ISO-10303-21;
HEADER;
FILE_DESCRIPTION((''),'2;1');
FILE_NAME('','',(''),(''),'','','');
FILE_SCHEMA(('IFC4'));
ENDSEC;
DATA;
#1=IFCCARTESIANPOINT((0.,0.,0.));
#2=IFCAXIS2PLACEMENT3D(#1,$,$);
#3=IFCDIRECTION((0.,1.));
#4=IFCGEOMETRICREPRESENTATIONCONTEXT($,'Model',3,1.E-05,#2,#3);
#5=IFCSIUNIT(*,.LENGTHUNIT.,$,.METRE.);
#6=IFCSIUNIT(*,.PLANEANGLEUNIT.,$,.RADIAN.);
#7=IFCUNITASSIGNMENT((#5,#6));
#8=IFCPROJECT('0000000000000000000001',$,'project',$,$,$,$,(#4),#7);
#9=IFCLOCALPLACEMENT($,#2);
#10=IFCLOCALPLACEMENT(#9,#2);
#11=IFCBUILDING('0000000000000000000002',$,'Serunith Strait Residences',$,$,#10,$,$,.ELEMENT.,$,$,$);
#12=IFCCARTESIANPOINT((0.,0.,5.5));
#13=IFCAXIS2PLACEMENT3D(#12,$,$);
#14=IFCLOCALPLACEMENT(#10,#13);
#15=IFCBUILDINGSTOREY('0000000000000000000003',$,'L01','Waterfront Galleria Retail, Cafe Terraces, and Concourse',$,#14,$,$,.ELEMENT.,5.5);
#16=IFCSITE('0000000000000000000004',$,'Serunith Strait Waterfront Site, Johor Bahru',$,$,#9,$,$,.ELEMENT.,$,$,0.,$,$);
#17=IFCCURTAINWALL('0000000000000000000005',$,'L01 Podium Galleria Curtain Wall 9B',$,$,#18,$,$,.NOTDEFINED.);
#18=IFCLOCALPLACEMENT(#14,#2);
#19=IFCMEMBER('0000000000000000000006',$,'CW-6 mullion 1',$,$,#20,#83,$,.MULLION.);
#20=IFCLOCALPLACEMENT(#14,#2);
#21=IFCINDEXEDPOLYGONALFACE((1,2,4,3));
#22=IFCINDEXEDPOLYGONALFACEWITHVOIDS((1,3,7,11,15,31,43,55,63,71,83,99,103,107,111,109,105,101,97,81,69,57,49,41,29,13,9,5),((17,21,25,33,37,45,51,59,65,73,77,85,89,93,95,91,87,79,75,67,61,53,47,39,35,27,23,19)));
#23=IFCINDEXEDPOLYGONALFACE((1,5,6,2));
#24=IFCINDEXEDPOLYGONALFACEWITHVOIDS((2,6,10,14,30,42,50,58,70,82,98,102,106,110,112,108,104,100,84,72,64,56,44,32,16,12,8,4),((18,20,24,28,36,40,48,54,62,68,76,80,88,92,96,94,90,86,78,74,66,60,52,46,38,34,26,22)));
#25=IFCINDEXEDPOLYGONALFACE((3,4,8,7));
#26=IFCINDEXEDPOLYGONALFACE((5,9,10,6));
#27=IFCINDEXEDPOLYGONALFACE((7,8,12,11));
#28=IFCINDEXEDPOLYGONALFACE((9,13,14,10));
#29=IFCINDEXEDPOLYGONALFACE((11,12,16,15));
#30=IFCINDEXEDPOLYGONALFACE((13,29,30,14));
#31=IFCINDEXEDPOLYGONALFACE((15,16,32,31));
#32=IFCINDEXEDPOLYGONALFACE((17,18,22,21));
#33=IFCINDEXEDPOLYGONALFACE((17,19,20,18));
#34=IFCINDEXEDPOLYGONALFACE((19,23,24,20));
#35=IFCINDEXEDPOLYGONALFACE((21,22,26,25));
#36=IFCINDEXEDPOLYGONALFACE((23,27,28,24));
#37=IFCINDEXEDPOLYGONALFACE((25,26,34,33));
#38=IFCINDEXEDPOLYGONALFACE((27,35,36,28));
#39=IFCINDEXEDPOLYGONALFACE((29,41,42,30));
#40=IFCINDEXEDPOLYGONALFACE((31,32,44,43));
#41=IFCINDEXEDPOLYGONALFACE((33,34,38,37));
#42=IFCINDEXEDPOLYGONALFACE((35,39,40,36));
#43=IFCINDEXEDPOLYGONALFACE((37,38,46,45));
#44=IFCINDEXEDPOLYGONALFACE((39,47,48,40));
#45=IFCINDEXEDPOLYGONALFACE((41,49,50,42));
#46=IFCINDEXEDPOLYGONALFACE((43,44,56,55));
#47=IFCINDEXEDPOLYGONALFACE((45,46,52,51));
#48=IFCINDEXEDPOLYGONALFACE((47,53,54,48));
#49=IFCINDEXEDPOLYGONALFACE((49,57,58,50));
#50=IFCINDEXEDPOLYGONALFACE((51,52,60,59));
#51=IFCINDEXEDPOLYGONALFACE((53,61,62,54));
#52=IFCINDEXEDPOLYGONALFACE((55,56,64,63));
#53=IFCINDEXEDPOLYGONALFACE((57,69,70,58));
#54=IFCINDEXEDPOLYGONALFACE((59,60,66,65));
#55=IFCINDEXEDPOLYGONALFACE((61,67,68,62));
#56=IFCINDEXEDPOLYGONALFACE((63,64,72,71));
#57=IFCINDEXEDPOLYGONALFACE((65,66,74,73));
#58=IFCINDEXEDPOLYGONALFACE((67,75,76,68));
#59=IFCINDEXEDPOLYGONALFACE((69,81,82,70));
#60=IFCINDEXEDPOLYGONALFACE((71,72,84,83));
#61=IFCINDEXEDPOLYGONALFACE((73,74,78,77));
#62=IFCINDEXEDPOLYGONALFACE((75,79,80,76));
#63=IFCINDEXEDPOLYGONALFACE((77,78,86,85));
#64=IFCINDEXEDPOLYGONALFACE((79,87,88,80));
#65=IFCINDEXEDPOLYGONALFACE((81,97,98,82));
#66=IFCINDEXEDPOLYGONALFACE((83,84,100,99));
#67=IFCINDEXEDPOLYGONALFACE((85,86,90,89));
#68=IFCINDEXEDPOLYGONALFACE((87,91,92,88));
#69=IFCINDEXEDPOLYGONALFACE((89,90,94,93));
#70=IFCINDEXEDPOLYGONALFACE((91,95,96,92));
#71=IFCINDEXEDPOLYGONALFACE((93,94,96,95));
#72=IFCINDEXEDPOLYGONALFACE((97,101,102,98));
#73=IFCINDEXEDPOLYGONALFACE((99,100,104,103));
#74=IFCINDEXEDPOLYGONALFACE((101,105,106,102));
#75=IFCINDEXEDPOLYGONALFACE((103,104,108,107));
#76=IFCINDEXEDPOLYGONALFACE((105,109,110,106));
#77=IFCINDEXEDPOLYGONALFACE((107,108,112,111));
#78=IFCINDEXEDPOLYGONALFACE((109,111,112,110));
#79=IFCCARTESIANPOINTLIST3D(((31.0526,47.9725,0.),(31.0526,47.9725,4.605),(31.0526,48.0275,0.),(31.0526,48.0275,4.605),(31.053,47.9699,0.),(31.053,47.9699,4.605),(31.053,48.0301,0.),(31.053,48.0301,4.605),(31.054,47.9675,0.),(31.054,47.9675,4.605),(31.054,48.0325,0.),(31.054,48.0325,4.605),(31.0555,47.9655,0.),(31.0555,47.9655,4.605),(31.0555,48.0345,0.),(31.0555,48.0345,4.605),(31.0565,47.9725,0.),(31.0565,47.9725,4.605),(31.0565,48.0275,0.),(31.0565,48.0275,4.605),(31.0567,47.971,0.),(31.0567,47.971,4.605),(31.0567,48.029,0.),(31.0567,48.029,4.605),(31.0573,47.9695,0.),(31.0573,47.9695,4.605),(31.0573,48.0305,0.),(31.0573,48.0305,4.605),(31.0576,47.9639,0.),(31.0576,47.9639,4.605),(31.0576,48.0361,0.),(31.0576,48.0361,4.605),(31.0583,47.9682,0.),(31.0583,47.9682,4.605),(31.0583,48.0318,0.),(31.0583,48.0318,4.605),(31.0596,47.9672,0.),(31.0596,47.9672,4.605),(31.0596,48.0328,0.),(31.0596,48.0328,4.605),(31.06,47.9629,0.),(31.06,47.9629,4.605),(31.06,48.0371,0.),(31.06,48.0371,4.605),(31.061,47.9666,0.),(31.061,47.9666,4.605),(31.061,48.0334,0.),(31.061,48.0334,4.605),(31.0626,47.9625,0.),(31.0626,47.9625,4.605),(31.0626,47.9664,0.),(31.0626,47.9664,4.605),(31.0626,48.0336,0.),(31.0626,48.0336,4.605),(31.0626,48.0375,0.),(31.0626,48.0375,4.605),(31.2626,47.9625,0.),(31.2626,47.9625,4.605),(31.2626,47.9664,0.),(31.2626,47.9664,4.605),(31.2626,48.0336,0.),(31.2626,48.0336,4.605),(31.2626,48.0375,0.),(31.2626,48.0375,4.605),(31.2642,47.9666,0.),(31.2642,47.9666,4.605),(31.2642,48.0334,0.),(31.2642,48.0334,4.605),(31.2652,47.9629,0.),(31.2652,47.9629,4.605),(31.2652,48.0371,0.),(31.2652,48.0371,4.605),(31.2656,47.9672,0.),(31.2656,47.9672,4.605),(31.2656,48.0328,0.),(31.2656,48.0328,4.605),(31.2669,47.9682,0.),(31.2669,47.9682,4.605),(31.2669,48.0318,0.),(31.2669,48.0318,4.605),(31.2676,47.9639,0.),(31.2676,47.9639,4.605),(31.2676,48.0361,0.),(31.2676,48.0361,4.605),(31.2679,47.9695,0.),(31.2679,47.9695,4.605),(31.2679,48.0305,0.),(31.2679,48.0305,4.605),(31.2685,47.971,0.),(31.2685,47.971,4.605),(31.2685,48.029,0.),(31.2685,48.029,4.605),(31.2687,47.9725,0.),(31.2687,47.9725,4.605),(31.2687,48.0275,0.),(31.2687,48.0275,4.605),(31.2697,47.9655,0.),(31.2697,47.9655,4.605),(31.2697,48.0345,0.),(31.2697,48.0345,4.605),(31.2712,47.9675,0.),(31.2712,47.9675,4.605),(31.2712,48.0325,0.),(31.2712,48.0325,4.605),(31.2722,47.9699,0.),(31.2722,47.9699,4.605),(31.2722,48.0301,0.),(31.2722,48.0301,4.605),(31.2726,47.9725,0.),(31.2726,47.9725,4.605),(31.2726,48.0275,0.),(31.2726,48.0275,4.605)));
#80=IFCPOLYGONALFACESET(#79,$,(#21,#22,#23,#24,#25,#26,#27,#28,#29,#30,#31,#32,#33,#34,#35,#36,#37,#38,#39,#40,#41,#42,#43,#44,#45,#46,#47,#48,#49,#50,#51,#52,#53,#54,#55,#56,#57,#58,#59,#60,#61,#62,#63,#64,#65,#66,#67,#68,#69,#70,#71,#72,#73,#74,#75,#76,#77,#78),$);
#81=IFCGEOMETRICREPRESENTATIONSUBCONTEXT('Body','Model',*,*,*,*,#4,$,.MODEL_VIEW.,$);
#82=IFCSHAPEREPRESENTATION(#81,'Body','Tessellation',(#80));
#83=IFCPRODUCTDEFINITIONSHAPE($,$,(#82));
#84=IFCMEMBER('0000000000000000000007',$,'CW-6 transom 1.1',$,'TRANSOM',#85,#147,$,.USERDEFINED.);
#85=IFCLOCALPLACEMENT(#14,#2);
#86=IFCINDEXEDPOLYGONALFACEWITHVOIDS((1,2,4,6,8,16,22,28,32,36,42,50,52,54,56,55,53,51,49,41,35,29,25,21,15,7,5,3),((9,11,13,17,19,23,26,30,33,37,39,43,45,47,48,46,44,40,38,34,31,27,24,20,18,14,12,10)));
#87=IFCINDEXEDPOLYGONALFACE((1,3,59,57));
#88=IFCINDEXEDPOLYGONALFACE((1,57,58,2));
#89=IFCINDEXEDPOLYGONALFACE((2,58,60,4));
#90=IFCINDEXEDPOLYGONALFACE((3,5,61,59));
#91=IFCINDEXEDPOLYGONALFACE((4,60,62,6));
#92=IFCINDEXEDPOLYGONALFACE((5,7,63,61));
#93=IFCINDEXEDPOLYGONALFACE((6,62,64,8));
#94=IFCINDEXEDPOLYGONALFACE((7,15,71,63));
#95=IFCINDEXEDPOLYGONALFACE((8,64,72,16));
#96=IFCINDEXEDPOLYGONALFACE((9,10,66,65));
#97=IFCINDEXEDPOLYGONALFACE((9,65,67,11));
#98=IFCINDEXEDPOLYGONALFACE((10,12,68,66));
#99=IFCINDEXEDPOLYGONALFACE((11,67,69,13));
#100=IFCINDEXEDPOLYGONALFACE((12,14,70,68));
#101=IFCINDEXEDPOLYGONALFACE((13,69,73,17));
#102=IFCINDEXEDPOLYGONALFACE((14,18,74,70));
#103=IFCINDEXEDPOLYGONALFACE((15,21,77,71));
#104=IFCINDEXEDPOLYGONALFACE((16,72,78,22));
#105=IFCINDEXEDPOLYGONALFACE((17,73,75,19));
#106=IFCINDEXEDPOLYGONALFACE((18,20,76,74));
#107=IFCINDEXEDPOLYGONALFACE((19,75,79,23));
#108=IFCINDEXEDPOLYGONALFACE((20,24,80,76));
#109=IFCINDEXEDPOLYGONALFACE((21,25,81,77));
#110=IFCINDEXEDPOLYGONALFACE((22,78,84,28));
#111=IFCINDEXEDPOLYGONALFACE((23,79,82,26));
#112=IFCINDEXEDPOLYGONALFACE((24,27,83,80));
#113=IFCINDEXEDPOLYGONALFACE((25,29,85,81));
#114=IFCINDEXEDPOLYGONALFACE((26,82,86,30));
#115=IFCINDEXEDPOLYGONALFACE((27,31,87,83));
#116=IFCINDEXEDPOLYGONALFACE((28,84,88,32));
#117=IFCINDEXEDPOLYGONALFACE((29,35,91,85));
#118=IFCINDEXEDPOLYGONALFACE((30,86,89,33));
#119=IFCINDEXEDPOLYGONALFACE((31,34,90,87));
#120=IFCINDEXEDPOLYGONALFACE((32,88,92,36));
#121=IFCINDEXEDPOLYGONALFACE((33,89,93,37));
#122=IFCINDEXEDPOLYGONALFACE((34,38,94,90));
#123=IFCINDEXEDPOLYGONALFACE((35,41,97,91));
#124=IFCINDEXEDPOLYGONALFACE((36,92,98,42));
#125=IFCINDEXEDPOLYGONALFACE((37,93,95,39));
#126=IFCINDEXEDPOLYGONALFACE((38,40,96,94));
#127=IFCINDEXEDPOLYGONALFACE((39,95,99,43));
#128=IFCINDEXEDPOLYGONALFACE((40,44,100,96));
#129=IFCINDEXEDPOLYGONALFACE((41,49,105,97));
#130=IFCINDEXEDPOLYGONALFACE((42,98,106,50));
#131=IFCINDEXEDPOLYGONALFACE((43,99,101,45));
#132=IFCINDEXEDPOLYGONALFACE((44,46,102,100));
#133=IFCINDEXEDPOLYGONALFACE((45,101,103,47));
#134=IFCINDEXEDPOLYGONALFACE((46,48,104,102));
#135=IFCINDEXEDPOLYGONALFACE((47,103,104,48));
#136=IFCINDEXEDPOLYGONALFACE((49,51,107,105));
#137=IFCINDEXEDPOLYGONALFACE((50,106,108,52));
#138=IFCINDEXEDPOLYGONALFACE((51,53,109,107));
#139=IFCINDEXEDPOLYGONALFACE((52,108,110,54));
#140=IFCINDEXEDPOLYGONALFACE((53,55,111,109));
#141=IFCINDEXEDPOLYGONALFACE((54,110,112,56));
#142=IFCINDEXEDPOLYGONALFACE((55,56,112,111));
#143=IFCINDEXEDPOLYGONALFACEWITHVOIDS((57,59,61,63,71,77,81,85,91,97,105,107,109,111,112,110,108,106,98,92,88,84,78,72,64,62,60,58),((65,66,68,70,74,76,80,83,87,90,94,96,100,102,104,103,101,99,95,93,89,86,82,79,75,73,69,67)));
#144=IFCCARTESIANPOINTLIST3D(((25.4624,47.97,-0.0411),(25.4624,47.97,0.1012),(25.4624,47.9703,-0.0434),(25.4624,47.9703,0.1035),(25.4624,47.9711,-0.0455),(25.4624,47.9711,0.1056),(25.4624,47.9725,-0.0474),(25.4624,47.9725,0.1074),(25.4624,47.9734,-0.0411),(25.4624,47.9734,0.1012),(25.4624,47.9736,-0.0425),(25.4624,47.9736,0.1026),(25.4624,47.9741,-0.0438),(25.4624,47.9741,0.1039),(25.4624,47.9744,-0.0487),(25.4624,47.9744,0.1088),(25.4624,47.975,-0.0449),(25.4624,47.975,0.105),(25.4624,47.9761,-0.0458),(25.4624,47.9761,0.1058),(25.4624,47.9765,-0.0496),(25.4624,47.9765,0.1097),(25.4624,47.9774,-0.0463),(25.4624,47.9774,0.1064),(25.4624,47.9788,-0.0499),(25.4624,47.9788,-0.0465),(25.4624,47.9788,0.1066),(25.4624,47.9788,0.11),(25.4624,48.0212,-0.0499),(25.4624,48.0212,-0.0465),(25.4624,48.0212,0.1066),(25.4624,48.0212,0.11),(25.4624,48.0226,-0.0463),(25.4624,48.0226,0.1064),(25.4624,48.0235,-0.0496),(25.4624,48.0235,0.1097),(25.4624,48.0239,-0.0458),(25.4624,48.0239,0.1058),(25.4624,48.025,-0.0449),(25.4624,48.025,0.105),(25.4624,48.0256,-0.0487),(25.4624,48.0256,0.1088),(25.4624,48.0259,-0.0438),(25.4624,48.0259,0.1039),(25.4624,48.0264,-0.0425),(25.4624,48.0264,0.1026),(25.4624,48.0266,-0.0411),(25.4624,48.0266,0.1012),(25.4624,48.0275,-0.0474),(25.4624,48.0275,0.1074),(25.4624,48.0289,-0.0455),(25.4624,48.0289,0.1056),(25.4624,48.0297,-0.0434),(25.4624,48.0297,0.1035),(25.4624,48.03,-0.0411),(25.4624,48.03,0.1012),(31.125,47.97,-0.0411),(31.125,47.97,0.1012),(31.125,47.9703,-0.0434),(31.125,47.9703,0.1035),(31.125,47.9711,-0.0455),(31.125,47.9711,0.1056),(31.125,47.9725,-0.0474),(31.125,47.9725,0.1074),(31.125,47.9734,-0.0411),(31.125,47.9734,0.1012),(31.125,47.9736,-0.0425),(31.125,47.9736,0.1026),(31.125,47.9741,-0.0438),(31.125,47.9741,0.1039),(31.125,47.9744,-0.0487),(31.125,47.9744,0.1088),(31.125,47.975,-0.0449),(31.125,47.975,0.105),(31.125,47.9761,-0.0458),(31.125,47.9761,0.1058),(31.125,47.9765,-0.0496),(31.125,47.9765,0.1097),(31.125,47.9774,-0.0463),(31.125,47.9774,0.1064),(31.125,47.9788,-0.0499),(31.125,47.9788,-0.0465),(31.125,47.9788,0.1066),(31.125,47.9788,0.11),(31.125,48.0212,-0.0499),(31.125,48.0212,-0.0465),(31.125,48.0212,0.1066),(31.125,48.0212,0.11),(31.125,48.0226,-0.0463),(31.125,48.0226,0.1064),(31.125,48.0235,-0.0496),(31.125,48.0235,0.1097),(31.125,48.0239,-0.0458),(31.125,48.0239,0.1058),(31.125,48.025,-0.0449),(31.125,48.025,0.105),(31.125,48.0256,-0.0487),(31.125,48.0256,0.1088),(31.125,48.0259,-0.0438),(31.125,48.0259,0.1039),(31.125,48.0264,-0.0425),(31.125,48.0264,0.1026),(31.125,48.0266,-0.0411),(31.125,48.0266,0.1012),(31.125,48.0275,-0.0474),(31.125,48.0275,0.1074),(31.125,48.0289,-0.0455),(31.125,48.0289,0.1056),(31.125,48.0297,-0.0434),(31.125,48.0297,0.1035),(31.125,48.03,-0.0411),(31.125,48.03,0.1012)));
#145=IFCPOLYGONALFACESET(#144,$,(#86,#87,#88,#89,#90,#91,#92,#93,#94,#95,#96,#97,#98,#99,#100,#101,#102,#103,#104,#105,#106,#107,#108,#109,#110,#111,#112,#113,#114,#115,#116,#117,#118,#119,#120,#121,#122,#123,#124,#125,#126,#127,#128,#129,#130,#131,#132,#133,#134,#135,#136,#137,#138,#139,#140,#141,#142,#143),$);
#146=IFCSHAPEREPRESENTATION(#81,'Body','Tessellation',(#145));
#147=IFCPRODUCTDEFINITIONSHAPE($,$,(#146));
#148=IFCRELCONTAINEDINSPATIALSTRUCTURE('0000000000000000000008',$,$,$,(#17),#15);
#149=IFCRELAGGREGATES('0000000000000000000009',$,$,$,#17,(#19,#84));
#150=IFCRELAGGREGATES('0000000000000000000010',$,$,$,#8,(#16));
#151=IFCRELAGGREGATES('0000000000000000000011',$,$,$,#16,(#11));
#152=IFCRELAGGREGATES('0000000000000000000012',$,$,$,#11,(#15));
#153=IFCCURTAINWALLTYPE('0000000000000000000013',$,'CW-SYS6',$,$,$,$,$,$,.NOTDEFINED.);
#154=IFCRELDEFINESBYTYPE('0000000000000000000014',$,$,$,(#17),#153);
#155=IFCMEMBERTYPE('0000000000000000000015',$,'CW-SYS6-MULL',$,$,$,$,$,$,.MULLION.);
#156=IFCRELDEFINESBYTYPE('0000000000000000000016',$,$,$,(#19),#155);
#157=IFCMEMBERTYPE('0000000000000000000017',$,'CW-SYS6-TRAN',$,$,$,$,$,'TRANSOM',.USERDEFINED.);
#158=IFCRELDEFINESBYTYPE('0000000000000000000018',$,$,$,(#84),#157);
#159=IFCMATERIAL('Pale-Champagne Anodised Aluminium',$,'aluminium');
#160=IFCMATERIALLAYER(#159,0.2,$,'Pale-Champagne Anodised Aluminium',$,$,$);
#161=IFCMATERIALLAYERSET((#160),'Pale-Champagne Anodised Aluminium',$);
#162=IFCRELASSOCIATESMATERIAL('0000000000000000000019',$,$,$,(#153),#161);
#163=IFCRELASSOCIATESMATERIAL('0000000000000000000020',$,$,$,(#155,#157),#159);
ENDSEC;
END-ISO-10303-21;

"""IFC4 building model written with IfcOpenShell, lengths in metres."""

from ifc_helpers import new_model, si_unit, direction, frame, origin, origin_2d, place, context, subcontext, project, spatial, hollow_rectangle, extrude, source, transform, mapped, material, layer, layer_set, material_profile, profile_set, type_object, element, aggregate, save


model = new_model("IFC4")

# Units and contexts
model_context = context("Model", 3, precision=1e-05, world=origin(), true_north=direction((0.0, 1.0)))
body_context = subcontext(model_context, "Body", "Model", "MODEL_VIEW")
ifc_project = project(units=[si_unit("LENGTHUNIT", "METRE"), si_unit("PLANEANGLEUNIT", "RADIAN")], contexts=[model_context])

# Site, building, storey
site_placement = place(None, origin())
site = spatial("IfcSite", under=ifc_project, at=site_placement, Name="Serunith Strait Waterfront Site, Johor Bahru", CompositionType="ELEMENT", RefElevation=0.0)
building_placement = place(site_placement, origin())
building = spatial("IfcBuilding", under=site, at=building_placement, Name="Serunith Strait Residences", CompositionType="ELEMENT")
storey_placement = place(building_placement, frame((0.0, 0.0, 5.5)))
storey = spatial("IfcBuildingStorey", under=building, at=storey_placement, Name="L01", Description="Waterfront Galleria Retail, Cafe Terraces, and Concourse", CompositionType="ELEMENT", Elevation=5.5)

# Shared definitions
ifc_material_1 = material(Name="Pale-Champagne Anodised Aluminium", Category="aluminium")
ifc_layer_1 = layer(ifc_material_1, 0.2, Name="Pale-Champagne Anodised Aluminium")
ifc_layer_set_1 = layer_set([ifc_layer_1], Name="Pale-Champagne Anodised Aluminium")
curtain_wall_type = type_object("IfcCurtainWallType", Name="CW-SYS6", PredefinedType="NOTDEFINED", material=ifc_layer_set_1)
ifc_material_profile_1 = material_profile(ifc_material_1, hollow_rectangle(XDim=0.075, YDim=0.22, WallThickness=0.0039, InnerFilletRadius=0.0061, OuterFilletRadius=0.01, at=origin_2d()), Name="ALU 220x75x4")
ifc_profile_set_1 = profile_set([ifc_material_profile_1], Name="Pale-Champagne Anodised Aluminium")
member_type_1 = type_object("IfcMemberType", Name="CW-SYS6-MULL", PredefinedType="MULLION", material=ifc_profile_set_1)
shared_shape_1 = source(origin(), body_context, "Body", "SweptSolid", [
    extrude(hollow_rectangle(XDim=0.075, YDim=0.22, WallThickness=0.0039, InnerFilletRadius=0.0061, OuterFilletRadius=0.01, at=origin_2d()), origin(), (0.0, 0.0, 1.0), 4.605),
])

# Curtain wall, members
curtain_wall_1_placement = place(storey_placement, origin())
curtain_wall_1 = element("IfcCurtainWall", 1, at=curtain_wall_1_placement, inside=storey, type_object=curtain_wall_type, Name="L01 Podium Galleria Curtain Wall 9B", PredefinedType="NOTDEFINED")
member_1_placement = place(storey_placement, frame((31.1626, 48.0, 0.0), z_axis=(0.0, 0.0, 1.0), x_axis=(0.0, -1.0, 0.0)))
member_1 = element("IfcMember", 2, at=member_1_placement, type_object=member_type_1, Name="CW-6 mullion 1", PredefinedType="MULLION", context=body_context, shape_type="MappedRepresentation", body=[
    mapped(shared_shape_1, transform((0.0, 0.0, 0.0), scale=1.0)),
])
ifc_material_profile_2 = material_profile(ifc_material_1, hollow_rectangle(XDim=0.0601, YDim=0.1599, WallThickness=0.0034, InnerFilletRadius=0.0054, OuterFilletRadius=0.0088, at=origin_2d()), Name="ALU 160x60x3.5")
ifc_profile_set_2 = profile_set([ifc_material_profile_2], Name="Pale-Champagne Anodised Aluminium")
member_type_2 = type_object("IfcMemberType", Name="CW-SYS6-TRAN", ElementType="TRANSOM", PredefinedType="USERDEFINED", material=ifc_profile_set_2)
shared_shape_2 = source(origin(), body_context, "Body", "SweptSolid", [
    extrude(hollow_rectangle(XDim=0.0601, YDim=0.1599, WallThickness=0.0034, InnerFilletRadius=0.0054, OuterFilletRadius=0.0088, at=origin_2d()), origin(), (0.0, 0.0, 1.0), 5.6626),
])
member_2_placement = place(storey_placement, frame((31.125, 48.0, 0.03), z_axis=(-1.0, 0.0, 0.0), x_axis=(0.0, -1.0, 0.0)))
member_2 = element("IfcMember", 3, at=member_2_placement, type_object=member_type_2, Name="CW-6 transom 1.1", ObjectType="TRANSOM", PredefinedType="USERDEFINED", context=body_context, shape_type="MappedRepresentation", body=[
    mapped(shared_shape_2, transform((0.0, 0.0, 0.0), scale=1.0)),
])
aggregate(curtain_wall_1, [member_1, member_2])

save(model, "model.ifc")
